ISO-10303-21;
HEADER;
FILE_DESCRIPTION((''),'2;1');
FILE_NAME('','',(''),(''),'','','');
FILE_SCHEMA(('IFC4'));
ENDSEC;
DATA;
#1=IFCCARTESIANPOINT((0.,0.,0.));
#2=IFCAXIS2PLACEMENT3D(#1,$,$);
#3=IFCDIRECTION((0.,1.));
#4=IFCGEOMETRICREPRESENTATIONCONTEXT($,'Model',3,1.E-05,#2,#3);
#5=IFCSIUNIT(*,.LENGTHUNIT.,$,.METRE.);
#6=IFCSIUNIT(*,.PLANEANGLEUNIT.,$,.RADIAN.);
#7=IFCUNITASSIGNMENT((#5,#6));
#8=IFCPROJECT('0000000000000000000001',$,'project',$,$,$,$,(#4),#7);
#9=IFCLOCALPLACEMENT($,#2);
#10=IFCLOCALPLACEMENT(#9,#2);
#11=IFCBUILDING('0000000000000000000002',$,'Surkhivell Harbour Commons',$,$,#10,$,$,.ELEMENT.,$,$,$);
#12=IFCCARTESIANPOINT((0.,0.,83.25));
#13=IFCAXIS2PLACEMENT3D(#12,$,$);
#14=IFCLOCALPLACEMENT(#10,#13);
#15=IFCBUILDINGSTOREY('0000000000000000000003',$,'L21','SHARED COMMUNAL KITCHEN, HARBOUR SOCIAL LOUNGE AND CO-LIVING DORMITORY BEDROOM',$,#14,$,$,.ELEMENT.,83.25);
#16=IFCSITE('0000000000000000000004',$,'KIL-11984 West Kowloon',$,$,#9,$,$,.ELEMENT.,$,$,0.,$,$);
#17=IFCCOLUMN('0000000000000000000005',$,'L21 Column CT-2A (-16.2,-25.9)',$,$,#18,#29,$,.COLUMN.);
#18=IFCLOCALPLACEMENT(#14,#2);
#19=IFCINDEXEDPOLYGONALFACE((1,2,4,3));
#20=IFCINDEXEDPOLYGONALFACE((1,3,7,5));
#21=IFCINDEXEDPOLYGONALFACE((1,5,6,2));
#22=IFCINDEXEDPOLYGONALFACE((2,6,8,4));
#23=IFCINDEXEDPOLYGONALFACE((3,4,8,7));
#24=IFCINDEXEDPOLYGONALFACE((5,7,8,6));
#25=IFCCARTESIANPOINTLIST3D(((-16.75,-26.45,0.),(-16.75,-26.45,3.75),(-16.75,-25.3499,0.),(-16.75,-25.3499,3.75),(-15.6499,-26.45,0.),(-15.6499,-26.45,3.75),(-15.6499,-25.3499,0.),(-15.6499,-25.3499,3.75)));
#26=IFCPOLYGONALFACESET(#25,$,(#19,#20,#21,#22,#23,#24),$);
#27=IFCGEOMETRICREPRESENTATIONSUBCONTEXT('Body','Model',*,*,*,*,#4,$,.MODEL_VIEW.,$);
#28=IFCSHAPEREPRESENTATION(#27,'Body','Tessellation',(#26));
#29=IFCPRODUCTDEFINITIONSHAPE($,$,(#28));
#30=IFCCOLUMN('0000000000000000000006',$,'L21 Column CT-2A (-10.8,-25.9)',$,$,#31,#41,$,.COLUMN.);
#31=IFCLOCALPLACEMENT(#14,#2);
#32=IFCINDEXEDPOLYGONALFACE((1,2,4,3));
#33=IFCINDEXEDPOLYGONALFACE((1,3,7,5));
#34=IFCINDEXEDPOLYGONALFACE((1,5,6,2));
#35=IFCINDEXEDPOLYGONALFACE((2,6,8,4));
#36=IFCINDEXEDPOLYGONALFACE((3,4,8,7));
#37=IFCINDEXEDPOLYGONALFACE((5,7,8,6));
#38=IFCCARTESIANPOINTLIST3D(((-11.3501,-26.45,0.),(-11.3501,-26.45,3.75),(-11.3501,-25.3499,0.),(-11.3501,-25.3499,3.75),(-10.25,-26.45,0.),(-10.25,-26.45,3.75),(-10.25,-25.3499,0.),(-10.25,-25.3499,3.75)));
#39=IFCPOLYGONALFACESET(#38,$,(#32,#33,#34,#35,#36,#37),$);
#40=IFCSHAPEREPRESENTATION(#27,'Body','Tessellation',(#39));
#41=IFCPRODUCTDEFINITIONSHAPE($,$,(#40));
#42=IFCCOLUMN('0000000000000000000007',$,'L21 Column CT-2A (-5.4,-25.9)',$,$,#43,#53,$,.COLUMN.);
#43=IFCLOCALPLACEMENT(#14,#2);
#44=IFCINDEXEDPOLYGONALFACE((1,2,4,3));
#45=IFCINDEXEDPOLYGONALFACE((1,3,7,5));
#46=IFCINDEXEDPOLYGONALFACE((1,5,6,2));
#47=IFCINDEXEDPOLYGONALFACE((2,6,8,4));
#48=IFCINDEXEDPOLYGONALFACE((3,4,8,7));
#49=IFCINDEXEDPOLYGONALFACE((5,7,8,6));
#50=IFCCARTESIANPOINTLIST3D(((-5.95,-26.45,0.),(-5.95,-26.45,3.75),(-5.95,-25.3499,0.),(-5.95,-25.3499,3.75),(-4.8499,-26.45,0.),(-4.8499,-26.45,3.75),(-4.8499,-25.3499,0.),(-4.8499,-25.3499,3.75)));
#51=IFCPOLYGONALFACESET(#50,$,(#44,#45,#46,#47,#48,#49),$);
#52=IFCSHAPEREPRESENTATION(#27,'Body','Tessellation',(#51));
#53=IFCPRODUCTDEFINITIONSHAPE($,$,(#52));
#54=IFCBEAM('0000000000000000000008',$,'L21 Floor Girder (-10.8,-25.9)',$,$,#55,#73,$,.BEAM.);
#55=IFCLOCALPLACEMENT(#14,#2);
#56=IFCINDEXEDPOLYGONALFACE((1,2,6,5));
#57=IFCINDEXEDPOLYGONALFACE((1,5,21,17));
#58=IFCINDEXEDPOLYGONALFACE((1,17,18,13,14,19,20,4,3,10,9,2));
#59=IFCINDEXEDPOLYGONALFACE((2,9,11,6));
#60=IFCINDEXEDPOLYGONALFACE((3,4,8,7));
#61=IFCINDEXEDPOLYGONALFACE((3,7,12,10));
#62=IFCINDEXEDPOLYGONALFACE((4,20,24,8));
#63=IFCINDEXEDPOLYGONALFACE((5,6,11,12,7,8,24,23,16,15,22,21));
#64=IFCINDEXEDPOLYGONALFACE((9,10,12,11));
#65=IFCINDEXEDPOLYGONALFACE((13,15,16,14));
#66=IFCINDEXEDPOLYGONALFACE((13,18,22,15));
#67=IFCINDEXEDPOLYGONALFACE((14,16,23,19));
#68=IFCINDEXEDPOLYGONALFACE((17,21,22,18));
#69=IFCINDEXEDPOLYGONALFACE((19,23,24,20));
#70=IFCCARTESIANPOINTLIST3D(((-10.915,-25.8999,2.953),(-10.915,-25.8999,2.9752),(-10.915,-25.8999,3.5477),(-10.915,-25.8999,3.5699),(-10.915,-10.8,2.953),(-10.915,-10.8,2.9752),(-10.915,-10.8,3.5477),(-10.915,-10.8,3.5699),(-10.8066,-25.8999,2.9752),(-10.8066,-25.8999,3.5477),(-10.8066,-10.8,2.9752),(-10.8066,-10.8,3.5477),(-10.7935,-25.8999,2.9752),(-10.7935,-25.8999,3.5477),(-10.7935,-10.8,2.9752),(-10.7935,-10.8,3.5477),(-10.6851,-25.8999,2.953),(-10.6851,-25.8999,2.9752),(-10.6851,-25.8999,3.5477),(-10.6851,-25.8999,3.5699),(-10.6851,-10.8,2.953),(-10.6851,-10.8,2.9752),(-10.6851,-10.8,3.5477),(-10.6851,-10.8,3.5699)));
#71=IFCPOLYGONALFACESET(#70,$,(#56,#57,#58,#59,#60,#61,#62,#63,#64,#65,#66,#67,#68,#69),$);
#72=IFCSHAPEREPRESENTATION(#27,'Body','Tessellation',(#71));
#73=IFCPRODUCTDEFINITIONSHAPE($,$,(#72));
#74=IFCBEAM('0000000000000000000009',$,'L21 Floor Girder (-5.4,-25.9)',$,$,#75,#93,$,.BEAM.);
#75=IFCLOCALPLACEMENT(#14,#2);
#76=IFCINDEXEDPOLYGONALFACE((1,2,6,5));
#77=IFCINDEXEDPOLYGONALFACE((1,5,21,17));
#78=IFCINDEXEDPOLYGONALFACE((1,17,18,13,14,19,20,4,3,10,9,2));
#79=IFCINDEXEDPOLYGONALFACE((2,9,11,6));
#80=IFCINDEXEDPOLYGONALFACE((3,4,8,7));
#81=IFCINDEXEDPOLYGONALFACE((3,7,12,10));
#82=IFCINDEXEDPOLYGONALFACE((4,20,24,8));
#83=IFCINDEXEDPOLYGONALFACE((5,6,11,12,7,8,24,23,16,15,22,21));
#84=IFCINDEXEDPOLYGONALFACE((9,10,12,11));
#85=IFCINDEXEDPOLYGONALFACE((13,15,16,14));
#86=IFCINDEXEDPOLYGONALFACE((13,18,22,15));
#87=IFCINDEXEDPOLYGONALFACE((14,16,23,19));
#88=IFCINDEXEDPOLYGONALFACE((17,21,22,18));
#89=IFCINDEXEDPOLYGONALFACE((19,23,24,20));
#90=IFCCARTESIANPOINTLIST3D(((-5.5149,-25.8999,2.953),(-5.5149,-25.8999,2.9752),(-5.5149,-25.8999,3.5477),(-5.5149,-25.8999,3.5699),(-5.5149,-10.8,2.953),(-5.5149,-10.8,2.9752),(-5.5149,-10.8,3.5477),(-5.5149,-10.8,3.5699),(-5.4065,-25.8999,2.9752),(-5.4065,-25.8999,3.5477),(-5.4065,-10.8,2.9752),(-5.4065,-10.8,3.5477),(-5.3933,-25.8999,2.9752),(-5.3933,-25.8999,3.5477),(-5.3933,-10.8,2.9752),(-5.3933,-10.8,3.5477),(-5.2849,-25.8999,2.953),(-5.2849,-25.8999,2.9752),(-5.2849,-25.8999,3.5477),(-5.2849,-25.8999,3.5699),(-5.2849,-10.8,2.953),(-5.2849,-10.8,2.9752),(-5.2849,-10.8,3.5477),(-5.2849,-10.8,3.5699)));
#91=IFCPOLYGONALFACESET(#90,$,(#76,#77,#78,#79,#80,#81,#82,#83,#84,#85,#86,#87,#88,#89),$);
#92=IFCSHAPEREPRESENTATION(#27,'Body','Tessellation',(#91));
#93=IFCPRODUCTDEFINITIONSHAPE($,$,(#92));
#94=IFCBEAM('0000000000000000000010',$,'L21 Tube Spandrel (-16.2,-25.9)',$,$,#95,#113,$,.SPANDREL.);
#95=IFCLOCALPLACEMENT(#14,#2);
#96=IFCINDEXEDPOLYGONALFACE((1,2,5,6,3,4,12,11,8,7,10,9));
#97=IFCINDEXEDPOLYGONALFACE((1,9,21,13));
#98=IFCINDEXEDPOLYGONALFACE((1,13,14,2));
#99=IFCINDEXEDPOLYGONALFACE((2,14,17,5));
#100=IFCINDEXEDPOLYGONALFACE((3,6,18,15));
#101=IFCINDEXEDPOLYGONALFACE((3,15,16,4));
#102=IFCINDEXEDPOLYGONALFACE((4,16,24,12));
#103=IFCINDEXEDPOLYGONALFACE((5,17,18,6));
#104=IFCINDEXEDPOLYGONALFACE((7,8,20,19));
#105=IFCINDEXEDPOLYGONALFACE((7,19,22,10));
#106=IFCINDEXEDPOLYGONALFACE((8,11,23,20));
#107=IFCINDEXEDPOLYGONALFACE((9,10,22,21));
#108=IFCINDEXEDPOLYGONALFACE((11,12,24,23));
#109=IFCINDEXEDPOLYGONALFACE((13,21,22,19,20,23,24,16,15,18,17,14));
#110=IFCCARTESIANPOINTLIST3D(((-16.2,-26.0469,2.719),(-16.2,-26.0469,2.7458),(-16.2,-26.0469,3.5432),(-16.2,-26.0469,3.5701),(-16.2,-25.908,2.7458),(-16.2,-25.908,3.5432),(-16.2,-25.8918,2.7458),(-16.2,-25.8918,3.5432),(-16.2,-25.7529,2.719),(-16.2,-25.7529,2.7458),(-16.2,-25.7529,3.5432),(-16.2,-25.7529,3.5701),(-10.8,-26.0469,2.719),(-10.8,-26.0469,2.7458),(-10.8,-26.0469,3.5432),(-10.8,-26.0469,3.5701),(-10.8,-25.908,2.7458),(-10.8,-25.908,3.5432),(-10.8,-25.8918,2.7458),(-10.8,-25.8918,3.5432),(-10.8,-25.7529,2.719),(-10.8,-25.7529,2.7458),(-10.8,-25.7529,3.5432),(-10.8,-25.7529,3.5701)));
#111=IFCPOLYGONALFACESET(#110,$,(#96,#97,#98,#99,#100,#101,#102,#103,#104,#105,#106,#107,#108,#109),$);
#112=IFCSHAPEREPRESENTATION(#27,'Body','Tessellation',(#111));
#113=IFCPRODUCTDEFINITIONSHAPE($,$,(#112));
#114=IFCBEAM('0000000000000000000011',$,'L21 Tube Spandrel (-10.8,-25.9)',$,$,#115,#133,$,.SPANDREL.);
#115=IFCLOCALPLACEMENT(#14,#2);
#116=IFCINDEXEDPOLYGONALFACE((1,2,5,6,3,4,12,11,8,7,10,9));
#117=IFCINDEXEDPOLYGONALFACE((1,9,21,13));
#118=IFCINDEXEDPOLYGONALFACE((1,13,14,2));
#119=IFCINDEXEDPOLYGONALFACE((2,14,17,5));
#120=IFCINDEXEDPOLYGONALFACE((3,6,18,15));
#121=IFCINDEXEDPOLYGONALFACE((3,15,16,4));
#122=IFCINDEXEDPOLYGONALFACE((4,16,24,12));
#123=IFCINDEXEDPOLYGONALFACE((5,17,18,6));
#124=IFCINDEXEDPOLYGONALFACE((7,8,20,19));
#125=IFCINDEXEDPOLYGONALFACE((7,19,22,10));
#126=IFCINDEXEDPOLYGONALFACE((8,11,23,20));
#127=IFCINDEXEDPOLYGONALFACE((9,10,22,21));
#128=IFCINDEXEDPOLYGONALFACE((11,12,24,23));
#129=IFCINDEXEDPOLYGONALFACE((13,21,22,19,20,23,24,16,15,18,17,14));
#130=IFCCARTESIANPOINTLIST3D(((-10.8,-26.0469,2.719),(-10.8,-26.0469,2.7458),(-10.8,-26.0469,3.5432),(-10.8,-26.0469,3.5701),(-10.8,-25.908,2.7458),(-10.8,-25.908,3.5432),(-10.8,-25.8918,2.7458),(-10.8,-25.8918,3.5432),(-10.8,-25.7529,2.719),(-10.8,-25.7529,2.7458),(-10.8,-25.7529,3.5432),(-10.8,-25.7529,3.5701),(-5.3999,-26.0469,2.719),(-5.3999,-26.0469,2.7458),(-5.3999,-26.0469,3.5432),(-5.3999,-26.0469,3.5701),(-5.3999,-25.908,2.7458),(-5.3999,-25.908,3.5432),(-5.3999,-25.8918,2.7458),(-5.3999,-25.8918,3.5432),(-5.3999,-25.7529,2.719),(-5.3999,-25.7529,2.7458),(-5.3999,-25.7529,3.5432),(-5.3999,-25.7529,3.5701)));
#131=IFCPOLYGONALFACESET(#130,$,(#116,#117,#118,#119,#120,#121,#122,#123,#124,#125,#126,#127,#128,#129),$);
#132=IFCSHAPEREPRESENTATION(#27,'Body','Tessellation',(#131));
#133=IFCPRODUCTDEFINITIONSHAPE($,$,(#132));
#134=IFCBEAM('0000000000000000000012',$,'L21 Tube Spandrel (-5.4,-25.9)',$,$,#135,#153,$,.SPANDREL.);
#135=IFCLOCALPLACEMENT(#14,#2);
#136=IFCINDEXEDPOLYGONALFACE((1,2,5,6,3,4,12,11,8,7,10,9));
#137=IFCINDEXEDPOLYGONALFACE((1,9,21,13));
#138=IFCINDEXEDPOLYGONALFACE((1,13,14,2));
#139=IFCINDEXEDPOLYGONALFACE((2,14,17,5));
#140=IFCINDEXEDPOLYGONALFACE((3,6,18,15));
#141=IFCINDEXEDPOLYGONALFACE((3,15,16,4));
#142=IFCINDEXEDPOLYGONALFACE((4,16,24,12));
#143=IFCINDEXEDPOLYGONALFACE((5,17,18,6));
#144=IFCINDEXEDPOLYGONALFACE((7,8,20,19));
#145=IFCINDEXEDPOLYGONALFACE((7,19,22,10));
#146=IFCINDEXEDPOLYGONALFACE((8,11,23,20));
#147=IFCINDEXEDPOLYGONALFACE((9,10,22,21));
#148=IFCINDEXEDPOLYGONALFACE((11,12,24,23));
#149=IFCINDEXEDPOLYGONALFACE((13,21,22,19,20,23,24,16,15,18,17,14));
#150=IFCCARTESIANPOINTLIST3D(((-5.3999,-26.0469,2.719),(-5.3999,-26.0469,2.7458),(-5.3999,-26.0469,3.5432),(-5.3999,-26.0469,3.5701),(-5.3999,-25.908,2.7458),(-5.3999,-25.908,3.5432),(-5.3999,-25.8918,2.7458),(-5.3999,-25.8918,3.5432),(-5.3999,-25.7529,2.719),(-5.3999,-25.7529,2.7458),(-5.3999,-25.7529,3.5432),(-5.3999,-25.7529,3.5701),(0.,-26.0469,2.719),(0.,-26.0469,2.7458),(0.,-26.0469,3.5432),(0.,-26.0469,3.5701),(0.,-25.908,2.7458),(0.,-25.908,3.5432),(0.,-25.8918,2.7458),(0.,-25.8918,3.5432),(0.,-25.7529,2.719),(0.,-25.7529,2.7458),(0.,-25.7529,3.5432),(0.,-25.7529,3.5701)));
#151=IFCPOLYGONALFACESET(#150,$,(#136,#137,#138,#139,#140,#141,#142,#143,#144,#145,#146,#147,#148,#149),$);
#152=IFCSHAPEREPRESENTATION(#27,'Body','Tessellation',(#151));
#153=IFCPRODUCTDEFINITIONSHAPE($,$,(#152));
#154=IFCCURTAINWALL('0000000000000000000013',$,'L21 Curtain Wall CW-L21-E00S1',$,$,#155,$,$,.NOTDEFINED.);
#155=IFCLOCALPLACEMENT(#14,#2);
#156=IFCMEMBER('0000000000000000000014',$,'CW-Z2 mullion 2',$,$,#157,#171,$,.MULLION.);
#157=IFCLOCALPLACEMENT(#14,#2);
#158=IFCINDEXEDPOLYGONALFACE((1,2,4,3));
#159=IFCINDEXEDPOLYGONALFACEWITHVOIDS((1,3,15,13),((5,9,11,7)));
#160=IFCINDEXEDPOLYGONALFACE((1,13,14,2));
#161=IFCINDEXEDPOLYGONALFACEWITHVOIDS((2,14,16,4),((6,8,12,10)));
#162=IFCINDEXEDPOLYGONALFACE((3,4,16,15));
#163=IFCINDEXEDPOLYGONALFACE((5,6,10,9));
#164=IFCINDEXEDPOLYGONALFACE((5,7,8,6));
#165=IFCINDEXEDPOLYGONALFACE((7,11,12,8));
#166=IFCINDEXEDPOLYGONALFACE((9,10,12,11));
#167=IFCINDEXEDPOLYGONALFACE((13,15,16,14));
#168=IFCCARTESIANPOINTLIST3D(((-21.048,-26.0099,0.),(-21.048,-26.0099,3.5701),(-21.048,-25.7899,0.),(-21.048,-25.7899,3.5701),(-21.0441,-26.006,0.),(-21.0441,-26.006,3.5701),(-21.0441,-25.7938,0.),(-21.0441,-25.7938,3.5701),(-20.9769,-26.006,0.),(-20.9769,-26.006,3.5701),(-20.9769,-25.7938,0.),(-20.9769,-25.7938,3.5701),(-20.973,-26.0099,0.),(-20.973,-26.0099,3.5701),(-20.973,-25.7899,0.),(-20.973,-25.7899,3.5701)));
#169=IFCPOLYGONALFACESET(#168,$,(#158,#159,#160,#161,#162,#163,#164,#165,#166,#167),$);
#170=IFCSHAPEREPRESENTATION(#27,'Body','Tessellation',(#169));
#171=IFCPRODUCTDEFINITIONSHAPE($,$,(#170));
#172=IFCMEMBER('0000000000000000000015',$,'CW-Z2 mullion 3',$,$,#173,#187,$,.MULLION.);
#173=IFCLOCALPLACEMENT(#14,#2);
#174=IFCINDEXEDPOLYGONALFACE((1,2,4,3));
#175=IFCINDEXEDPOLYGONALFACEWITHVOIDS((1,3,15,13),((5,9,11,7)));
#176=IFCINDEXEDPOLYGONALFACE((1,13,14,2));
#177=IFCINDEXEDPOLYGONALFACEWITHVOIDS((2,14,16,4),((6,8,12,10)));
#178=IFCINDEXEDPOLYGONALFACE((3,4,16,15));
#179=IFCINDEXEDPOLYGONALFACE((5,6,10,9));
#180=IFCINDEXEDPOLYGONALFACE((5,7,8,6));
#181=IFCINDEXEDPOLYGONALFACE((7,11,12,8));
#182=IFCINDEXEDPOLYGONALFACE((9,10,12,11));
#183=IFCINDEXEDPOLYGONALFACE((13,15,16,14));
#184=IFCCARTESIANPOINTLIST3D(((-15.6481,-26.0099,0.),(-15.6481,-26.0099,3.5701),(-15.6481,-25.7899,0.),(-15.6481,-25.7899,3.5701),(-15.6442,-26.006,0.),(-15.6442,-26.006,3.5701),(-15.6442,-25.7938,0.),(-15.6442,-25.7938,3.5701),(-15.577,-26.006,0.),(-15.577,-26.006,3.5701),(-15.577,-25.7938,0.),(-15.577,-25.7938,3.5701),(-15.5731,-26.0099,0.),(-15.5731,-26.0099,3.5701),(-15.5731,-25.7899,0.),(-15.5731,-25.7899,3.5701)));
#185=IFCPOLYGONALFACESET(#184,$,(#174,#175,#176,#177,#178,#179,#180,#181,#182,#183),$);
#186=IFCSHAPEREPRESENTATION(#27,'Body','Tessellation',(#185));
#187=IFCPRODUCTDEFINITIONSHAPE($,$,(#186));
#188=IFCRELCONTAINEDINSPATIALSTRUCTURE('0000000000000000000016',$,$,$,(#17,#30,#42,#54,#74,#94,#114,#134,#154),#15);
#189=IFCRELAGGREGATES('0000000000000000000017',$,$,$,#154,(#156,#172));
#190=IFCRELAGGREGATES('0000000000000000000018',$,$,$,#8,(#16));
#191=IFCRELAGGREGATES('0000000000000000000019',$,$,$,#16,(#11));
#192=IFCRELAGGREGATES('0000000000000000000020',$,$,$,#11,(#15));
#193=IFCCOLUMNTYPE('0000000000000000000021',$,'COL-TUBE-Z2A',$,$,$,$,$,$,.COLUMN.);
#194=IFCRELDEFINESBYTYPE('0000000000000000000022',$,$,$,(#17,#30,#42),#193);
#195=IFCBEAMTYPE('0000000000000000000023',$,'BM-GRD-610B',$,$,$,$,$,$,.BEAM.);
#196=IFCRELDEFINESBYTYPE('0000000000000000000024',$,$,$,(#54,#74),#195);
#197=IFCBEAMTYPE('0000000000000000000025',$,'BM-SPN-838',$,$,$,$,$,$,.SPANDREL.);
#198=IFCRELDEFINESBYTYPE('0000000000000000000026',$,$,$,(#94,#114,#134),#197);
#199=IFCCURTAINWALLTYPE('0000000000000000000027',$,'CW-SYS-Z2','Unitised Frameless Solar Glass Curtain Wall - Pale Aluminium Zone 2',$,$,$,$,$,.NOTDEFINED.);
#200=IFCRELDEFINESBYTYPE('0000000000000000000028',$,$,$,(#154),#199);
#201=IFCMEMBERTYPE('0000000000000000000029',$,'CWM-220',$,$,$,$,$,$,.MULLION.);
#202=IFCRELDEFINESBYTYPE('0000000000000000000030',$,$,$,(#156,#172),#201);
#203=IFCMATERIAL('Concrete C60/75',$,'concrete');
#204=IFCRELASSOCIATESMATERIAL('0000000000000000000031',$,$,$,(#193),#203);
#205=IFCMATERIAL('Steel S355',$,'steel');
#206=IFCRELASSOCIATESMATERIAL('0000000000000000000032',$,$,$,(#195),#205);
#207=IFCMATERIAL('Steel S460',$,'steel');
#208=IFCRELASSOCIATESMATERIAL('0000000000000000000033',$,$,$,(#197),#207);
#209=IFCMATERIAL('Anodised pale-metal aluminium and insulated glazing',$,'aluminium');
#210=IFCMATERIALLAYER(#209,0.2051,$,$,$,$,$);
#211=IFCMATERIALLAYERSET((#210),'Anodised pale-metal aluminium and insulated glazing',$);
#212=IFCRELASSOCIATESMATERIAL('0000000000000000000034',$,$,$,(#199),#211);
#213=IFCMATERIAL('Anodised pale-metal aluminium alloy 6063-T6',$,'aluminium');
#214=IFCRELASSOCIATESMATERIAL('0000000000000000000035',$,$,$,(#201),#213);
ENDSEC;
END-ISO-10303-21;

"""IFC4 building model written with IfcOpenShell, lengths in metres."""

from ifc_helpers import new_model, si_unit, direction, frame, origin, origin_2d, place, context, subcontext, project, spatial, rectangle, hollow_rectangle, i_section, extrude, material, layer, layer_set, material_profile, profile_set, type_object, element, aggregate, save


model = new_model("IFC4")

# Units and contexts
model_context = context("Model", 3, precision=1e-05, world=origin(), true_north=direction((0.0, 1.0)))
body_context = subcontext(model_context, "Body", "Model", "MODEL_VIEW")
ifc_project = project(units=[si_unit("LENGTHUNIT", "METRE"), si_unit("PLANEANGLEUNIT", "RADIAN")], contexts=[model_context])

# Site, building, storey
site_placement = place(None, origin())
site = spatial("IfcSite", under=ifc_project, at=site_placement, Name="KIL-11984 West Kowloon", CompositionType="ELEMENT", RefElevation=0.0)
building_placement = place(site_placement, origin())
building = spatial("IfcBuilding", under=site, at=building_placement, Name="Surkhivell Harbour Commons", CompositionType="ELEMENT")
storey_placement = place(building_placement, frame((0.0, 0.0, 83.25)))
storey = spatial("IfcBuildingStorey", under=building, at=storey_placement, Name="L21", Description="SHARED COMMUNAL KITCHEN, HARBOUR SOCIAL LOUNGE AND CO-LIVING DORMITORY BEDROOM", CompositionType="ELEMENT", Elevation=83.25)

# Columns
ifc_material_1 = material(Name="Concrete C60/75", Category="concrete")
ifc_material_profile_1 = material_profile(ifc_material_1, rectangle(XDim=1.1001, YDim=1.1001, at=origin_2d()), Name="RC-COL-1100x1100")
ifc_profile_set_1 = profile_set([ifc_material_profile_1], Name="Concrete C60/75")
column_type = type_object("IfcColumnType", Name="COL-TUBE-Z2A", PredefinedType="COLUMN", material=ifc_profile_set_1)
for number, where, z_axis, x_axis, name in (
    (1, (-16.2, -25.8999, 0.0), (0.0, 0.0, 1.0), (1.0, 0.0, 0.0), "L21 Column CT-2A (-16.2,-25.9)"),
    (2, (-10.8, -25.8999, 0.0), (0.0, 0.0, 1.0), (1.0, 0.0, 0.0), "L21 Column CT-2A (-10.8,-25.9)"),
    (3, (-5.3999, -25.8999, 0.0), (0.0, 0.0, 1.0), (1.0, 0.0, 0.0), "L21 Column CT-2A (-5.4,-25.9)"),
):
    element("IfcColumn", number, at=place(storey_placement, frame(where, z_axis=z_axis, x_axis=x_axis)), inside=storey, type_object=column_type, Name=name, PredefinedType="COLUMN", context=body_context, shape_type="SweptSolid", body=[
        extrude(rectangle(XDim=1.1001, YDim=1.1001, at=origin_2d()), origin(), (0.0, 0.0, 1.0), 3.75),
    ])

# Beams
ifc_material_2 = material(Name="Steel S355", Category="steel")
ifc_material_profile_2 = material_profile(ifc_material_2, i_section(OverallWidth=0.23, OverallDepth=0.6169, WebThickness=0.0132, FlangeThickness=0.0222, at=origin_2d()), Name="UB610x229x140")
ifc_profile_set_2 = profile_set([ifc_material_profile_2], Name="Steel S355")
beam_type_1 = type_object("IfcBeamType", Name="BM-GRD-610B", PredefinedType="BEAM", material=ifc_profile_set_2)
for number, where, z_axis, x_axis, name in (
    (4, (-10.8, -25.8999, 3.2615), (0.0, 1.0, 0.0), (-1.0, 0.0, 0.0), "L21 Floor Girder (-10.8,-25.9)"),
    (5, (-5.3999, -25.8999, 3.2615), (0.0, 1.0, 0.0), (-1.0, 0.0, 0.0), "L21 Floor Girder (-5.4,-25.9)"),
):
    element("IfcBeam", number, at=place(storey_placement, frame(where, z_axis=z_axis, x_axis=x_axis)), inside=storey, type_object=beam_type_1, Name=name, PredefinedType="BEAM", context=body_context, shape_type="SweptSolid", body=[
        extrude(i_section(OverallWidth=0.23, OverallDepth=0.6169, WebThickness=0.0132, FlangeThickness=0.0222, at=origin_2d()), origin(), (0.0, 0.0, 1.0), 15.0999),
    ])
ifc_material_3 = material(Name="Steel S460", Category="steel")
ifc_material_profile_3 = material_profile(ifc_material_3, i_section(OverallWidth=0.2939, OverallDepth=0.8511, WebThickness=0.0161, FlangeThickness=0.0269, at=origin_2d()), Name="UB838x292x226")
ifc_profile_set_3 = profile_set([ifc_material_profile_3], Name="Steel S460")
beam_type_2 = type_object("IfcBeamType", Name="BM-SPN-838", PredefinedType="SPANDREL", material=ifc_profile_set_3)
beam_1_placement = place(storey_placement, frame((-16.2, -25.8999, 3.1445), z_axis=(1.0, 0.0, 0.0), x_axis=(0.0, 1.0, 0.0)))
element("IfcBeam", 6, at=beam_1_placement, inside=storey, type_object=beam_type_2, Name="L21 Tube Spandrel (-16.2,-25.9)", PredefinedType="SPANDREL", context=body_context, shape_type="SweptSolid", body=[
    extrude(i_section(OverallWidth=0.2939, OverallDepth=0.8511, WebThickness=0.0161, FlangeThickness=0.0269, at=origin_2d()), origin(), (0.0, 0.0, 1.0), 5.3999),
])
beam_2_placement = place(storey_placement, frame((-10.8, -25.8999, 3.1445), z_axis=(1.0, 0.0, 0.0), x_axis=(0.0, 1.0, 0.0)))
element("IfcBeam", 7, at=beam_2_placement, inside=storey, type_object=beam_type_2, Name="L21 Tube Spandrel (-10.8,-25.9)", PredefinedType="SPANDREL", context=body_context, shape_type="SweptSolid", body=[
    extrude(i_section(OverallWidth=0.2939, OverallDepth=0.8511, WebThickness=0.0161, FlangeThickness=0.0269, at=origin_2d()), origin(), (0.0, 0.0, 1.0), 5.4001),
])
beam_3_placement = place(storey_placement, frame((-5.3999, -25.8999, 3.1445), z_axis=(1.0, 0.0, 0.0), x_axis=(0.0, 1.0, 0.0)))
element("IfcBeam", 8, at=beam_3_placement, inside=storey, type_object=beam_type_2, Name="L21 Tube Spandrel (-5.4,-25.9)", PredefinedType="SPANDREL", context=body_context, shape_type="SweptSolid", body=[
    extrude(i_section(OverallWidth=0.2939, OverallDepth=0.8511, WebThickness=0.0161, FlangeThickness=0.0269, at=origin_2d()), origin(), (0.0, 0.0, 1.0), 5.3999),
])

# Curtain wall, members
ifc_material_4 = material(Name="Anodised pale-metal aluminium and insulated glazing", Category="aluminium")
ifc_layer_1 = layer(ifc_material_4, 0.2051)
ifc_layer_set_1 = layer_set([ifc_layer_1], Name="Anodised pale-metal aluminium and insulated glazing")
curtain_wall_type = type_object("IfcCurtainWallType", Name="CW-SYS-Z2", Description="Unitised Frameless Solar Glass Curtain Wall - Pale Aluminium Zone 2", PredefinedType="NOTDEFINED", material=ifc_layer_set_1)
curtain_wall_1_placement = place(storey_placement, origin())
curtain_wall_1 = element("IfcCurtainWall", 9, at=curtain_wall_1_placement, inside=storey, type_object=curtain_wall_type, Name="L21 Curtain Wall CW-L21-E00S1", PredefinedType="NOTDEFINED")
ifc_material_5 = material(Name="Anodised pale-metal aluminium alloy 6063-T6", Category="aluminium")
ifc_material_profile_4 = material_profile(ifc_material_5, hollow_rectangle(XDim=0.075, YDim=0.22, WallThickness=0.0039, at=origin_2d()), Name="ALU-MULL-75x220")
ifc_profile_set_4 = profile_set([ifc_material_profile_4], Name="Anodised pale-metal aluminium alloy 6063-T6")
member_type_1 = type_object("IfcMemberType", Name="CWM-220", PredefinedType="MULLION", material=ifc_profile_set_4)
member_1_placement = place(storey_placement, frame((-21.0105, -25.8999, 0.0), z_axis=(0.0, 0.0, 1.0), x_axis=(1.0, 0.0, 0.0)))
member_1 = element("IfcMember", 10, at=member_1_placement, type_object=member_type_1, Name="CW-Z2 mullion 2", PredefinedType="MULLION", context=body_context, shape_type="SweptSolid", body=[
    extrude(hollow_rectangle(XDim=0.075, YDim=0.22, WallThickness=0.0039, at=origin_2d()), origin(), (0.0, 0.0, 1.0), 3.5701),
])
member_2_placement = place(storey_placement, frame((-15.6106, -25.8999, 0.0), z_axis=(0.0, 0.0, 1.0), x_axis=(1.0, 0.0, 0.0)))
member_2 = element("IfcMember", 11, at=member_2_placement, type_object=member_type_1, Name="CW-Z2 mullion 3", PredefinedType="MULLION", context=body_context, shape_type="SweptSolid", body=[
    extrude(hollow_rectangle(XDim=0.075, YDim=0.22, WallThickness=0.0039, at=origin_2d()), origin(), (0.0, 0.0, 1.0), 3.5701),
])

aggregate(curtain_wall_1, [member_1, member_2])

save(model, "model.ifc")
